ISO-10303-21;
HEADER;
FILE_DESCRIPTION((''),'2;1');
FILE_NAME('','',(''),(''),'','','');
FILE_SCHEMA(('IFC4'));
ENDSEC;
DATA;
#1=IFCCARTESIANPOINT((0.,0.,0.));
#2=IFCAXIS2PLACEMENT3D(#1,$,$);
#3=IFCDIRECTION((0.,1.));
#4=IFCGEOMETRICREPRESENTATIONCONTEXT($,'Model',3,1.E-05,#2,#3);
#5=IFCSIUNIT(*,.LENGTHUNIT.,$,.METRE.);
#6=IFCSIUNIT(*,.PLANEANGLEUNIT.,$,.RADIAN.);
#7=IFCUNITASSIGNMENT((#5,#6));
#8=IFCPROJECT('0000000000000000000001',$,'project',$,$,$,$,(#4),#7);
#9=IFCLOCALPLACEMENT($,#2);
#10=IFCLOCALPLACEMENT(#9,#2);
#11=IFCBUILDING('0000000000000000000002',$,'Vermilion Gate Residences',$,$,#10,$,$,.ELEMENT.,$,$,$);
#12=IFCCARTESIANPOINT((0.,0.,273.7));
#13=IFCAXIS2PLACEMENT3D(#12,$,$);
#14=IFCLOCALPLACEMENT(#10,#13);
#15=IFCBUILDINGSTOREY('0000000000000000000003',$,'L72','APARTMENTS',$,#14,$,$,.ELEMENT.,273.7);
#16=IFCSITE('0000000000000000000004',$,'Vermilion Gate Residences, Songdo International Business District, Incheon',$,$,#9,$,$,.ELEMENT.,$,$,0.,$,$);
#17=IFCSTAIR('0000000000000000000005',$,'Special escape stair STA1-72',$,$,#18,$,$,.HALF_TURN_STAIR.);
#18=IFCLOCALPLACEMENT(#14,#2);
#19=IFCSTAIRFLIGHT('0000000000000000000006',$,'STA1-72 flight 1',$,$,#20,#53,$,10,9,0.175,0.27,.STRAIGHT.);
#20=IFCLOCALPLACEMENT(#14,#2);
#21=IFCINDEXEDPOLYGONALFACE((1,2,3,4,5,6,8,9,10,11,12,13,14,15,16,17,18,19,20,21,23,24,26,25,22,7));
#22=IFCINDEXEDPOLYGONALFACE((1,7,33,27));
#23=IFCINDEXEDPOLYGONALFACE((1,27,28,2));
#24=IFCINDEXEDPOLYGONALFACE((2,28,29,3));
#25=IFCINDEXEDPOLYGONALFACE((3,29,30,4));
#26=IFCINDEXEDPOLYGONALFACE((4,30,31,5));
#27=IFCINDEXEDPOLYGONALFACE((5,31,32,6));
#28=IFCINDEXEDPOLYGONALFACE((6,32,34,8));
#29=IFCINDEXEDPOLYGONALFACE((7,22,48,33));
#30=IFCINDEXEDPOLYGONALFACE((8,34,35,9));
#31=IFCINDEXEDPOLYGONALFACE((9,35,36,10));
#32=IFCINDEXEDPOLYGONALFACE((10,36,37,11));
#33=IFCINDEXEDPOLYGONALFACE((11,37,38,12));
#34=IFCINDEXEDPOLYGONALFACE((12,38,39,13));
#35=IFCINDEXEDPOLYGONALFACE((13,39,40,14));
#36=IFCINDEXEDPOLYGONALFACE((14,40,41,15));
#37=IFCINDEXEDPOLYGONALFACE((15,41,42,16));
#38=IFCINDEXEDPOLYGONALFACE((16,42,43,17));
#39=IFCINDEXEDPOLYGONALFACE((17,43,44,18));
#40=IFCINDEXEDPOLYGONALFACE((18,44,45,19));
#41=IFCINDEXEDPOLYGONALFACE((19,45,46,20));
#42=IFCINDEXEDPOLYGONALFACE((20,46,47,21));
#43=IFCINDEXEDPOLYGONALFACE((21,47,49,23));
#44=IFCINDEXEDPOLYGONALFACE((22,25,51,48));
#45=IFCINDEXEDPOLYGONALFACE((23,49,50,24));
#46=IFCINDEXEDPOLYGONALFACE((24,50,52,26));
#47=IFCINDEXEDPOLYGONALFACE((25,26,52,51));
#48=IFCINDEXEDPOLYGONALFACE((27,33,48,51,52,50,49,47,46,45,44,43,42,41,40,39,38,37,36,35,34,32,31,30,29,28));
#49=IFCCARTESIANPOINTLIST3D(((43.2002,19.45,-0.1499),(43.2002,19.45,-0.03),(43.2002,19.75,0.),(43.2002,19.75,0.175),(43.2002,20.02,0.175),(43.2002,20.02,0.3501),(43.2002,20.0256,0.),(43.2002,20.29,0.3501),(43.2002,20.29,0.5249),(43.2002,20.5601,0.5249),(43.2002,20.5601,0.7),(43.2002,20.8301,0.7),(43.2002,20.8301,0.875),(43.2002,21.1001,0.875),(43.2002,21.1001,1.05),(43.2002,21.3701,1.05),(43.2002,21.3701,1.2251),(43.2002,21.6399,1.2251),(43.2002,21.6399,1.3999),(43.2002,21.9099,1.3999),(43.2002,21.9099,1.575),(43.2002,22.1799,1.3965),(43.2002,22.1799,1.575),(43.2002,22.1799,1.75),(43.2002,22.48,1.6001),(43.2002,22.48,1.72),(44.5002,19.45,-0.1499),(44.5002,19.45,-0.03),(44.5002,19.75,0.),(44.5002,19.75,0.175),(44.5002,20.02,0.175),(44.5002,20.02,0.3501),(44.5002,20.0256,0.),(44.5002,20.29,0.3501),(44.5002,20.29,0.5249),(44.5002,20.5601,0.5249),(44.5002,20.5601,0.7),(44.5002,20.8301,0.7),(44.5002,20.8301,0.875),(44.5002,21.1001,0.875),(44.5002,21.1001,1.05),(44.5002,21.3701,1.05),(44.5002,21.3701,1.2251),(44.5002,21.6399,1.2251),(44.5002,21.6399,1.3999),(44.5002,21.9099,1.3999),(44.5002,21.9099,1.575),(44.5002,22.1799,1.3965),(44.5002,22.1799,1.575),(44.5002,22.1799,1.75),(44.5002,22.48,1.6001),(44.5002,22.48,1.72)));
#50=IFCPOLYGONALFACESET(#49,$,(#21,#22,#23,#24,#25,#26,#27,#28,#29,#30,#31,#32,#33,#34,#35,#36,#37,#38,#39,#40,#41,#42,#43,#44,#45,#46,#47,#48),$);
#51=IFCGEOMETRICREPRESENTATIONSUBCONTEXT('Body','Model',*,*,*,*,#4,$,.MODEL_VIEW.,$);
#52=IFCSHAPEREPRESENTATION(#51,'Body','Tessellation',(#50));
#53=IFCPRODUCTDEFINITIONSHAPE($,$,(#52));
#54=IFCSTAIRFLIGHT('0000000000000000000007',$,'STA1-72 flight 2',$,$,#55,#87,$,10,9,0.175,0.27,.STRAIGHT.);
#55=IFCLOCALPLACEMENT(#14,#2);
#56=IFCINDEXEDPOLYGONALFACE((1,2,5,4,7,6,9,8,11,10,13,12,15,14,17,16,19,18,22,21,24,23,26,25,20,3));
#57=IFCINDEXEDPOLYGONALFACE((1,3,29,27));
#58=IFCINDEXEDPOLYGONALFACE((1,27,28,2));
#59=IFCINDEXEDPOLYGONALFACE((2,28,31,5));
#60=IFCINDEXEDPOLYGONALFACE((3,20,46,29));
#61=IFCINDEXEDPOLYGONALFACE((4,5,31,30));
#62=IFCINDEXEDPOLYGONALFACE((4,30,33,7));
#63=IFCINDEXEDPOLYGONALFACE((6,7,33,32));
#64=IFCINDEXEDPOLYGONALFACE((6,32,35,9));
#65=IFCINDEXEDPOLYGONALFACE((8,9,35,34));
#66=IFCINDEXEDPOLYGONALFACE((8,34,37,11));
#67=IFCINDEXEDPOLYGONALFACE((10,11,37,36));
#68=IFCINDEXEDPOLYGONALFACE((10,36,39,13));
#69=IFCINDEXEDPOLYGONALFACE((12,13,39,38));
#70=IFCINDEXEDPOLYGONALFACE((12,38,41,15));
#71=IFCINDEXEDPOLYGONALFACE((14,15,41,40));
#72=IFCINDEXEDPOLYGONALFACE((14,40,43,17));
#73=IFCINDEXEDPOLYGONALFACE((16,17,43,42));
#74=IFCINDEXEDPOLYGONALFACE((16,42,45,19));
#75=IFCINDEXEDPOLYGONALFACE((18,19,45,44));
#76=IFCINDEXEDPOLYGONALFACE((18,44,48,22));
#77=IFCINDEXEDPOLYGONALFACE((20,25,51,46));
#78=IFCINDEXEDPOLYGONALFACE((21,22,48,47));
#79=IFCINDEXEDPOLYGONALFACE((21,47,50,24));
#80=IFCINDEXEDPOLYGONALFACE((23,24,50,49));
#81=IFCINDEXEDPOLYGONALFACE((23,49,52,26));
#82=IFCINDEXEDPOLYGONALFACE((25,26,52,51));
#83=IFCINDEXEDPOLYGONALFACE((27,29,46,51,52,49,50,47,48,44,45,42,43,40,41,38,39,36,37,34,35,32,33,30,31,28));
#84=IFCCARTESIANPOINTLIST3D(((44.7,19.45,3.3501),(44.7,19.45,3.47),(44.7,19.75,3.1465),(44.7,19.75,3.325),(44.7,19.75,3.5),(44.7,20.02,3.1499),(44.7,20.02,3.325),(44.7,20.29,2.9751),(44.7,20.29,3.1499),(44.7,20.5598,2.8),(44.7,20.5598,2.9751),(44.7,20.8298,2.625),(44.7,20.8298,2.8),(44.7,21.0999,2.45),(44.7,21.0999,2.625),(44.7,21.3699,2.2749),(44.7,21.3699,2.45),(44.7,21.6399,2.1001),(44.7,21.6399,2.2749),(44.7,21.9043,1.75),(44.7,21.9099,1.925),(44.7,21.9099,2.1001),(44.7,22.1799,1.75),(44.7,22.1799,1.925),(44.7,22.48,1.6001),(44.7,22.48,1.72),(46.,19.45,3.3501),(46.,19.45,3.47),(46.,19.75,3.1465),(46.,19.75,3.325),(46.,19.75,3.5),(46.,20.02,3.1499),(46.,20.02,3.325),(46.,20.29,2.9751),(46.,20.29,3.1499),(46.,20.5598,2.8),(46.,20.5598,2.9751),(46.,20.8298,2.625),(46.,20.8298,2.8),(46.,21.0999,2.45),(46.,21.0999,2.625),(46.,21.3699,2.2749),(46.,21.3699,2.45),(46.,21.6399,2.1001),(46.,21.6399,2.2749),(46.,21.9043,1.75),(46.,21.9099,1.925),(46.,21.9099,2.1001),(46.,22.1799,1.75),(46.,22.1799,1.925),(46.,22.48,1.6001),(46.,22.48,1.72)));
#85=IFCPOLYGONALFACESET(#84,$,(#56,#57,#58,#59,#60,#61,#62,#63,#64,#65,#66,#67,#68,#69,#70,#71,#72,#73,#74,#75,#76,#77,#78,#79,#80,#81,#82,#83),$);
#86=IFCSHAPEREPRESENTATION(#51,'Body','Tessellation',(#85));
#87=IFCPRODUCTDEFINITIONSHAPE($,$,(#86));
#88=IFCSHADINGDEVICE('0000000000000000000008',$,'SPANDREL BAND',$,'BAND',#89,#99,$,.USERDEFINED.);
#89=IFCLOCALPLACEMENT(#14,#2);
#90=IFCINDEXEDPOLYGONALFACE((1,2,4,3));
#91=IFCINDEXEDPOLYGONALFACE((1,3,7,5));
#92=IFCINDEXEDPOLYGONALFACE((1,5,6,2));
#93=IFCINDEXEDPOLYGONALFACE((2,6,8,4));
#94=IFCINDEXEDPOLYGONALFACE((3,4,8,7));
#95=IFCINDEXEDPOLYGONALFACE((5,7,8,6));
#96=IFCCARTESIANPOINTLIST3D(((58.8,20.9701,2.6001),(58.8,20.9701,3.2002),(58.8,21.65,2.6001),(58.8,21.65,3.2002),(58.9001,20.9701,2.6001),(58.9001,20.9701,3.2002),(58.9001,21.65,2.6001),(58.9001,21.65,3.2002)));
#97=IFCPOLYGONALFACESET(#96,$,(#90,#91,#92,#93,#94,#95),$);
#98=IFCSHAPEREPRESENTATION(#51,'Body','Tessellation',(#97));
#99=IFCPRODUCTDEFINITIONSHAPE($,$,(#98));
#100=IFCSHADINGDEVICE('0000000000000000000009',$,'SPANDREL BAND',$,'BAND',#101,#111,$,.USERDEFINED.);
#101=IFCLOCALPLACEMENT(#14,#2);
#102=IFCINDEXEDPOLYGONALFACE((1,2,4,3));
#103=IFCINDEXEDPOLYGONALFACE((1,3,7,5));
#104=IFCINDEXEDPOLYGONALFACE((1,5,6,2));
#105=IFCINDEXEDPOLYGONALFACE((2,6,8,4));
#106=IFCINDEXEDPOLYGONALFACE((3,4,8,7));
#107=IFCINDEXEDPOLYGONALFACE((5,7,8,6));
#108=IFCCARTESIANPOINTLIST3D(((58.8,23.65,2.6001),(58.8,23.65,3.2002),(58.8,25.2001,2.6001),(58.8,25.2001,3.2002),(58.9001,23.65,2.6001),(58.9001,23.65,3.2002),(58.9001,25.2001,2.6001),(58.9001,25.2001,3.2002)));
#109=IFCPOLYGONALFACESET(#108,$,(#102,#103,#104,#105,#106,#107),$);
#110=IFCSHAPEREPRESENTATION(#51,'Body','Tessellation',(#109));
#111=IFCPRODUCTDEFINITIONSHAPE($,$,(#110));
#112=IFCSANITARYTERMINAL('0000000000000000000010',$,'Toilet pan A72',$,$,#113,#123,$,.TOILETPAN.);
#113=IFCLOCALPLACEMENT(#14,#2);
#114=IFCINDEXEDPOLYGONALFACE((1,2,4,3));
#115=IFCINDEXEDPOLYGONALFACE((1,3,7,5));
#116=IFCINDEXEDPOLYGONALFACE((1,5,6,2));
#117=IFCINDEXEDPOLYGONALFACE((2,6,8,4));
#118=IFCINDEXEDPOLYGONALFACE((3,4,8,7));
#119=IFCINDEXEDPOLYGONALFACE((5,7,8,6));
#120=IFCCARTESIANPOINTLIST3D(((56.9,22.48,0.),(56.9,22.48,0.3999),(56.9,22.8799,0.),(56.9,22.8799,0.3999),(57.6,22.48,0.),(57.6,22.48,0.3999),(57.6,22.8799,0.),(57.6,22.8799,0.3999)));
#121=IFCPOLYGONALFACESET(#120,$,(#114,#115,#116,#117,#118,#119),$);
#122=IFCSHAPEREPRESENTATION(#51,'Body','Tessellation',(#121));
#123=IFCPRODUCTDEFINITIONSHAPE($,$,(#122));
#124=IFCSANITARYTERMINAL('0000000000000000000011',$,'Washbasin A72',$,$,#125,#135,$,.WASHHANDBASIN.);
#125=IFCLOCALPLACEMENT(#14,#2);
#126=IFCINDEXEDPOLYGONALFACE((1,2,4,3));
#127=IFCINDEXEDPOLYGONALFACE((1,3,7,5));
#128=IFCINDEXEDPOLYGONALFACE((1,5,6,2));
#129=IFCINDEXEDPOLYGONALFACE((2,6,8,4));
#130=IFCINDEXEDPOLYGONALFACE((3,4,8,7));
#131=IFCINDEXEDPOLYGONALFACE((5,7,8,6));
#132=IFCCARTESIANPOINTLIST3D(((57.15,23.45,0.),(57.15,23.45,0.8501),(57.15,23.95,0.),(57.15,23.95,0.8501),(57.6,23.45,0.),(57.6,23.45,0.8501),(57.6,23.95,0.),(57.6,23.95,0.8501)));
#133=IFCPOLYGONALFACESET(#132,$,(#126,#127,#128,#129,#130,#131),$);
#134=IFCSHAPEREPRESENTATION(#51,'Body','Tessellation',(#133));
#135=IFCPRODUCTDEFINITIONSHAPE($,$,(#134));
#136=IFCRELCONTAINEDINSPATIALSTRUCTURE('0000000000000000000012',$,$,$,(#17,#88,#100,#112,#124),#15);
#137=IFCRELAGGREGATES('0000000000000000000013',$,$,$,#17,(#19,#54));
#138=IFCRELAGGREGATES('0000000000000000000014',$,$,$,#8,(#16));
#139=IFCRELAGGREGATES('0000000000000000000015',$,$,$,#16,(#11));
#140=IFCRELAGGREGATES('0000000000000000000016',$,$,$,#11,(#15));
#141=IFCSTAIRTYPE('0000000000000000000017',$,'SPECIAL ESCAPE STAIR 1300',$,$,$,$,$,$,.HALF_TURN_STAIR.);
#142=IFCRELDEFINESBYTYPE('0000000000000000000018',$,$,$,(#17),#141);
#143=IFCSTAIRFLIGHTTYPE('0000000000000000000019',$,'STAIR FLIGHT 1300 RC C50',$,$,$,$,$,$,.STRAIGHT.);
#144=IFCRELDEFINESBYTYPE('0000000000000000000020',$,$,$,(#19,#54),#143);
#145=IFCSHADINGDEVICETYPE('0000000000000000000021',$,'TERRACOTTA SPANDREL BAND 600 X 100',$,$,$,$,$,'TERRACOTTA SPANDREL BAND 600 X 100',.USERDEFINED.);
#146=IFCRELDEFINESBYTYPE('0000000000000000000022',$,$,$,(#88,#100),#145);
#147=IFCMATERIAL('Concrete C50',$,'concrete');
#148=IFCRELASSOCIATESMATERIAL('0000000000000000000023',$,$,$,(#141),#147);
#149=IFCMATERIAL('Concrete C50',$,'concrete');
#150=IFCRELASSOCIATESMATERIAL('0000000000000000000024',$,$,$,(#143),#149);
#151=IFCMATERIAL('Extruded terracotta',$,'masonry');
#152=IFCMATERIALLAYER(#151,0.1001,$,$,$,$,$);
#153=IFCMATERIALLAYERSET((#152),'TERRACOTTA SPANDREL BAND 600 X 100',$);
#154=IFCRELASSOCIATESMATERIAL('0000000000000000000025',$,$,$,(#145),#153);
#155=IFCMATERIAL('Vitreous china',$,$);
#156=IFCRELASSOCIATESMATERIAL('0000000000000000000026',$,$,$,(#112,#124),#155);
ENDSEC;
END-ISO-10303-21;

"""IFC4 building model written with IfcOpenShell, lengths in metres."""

from ifc_helpers import new_model, si_unit, direction, frame, origin, origin_2d, place, context, subcontext, project, spatial, polyline, rectangle, outline, extrude, material, layer, layer_set, type_object, element, aggregate, save


model = new_model("IFC4")

# Units and contexts
model_context = context("Model", 3, precision=1e-05, world=origin(), true_north=direction((0.0, 1.0)))
body_context = subcontext(model_context, "Body", "Model", "MODEL_VIEW")
ifc_project = project(units=[si_unit("LENGTHUNIT", "METRE"), si_unit("PLANEANGLEUNIT", "RADIAN")], contexts=[model_context])

# Site, building, storey
site_placement = place(None, origin())
site = spatial("IfcSite", under=ifc_project, at=site_placement, Name="Vermilion Gate Residences, Songdo International Business District, Incheon", CompositionType="ELEMENT", RefElevation=0.0)
building_placement = place(site_placement, origin())
building = spatial("IfcBuilding", under=site, at=building_placement, Name="Vermilion Gate Residences", CompositionType="ELEMENT")
storey_placement = place(building_placement, frame((0.0, 0.0, 273.7)))
storey = spatial("IfcBuildingStorey", under=building, at=storey_placement, Name="L72", Description="APARTMENTS", CompositionType="ELEMENT", Elevation=273.7)

# Stair, stair flights
ifc_material_1 = material(Name="Concrete C50", Category="concrete")
stair_type = type_object("IfcStairType", Name="SPECIAL ESCAPE STAIR 1300", PredefinedType="HALF_TURN_STAIR", material=ifc_material_1)
stair_placement = place(storey_placement, origin())
stair = element("IfcStair", 1, at=stair_placement, inside=storey, type_object=stair_type, Name="Special escape stair STA1-72", PredefinedType="HALF_TURN_STAIR")
ifc_material_2 = material(Name="Concrete C50", Category="concrete")
stair_flight_type = type_object("IfcStairFlightType", Name="STAIR FLIGHT 1300 RC C50", PredefinedType="STRAIGHT", material=ifc_material_2)
stair_flight_1_placement = place(storey_placement, frame((43.8501, 19.75, 0.0), z_axis=(0.0, 0.0, 1.0), x_axis=(0.0, 1.0, 0.0)))
stair_flight_1 = element("IfcStairFlight", 2, at=stair_flight_1_placement, type_object=stair_flight_type, Name="STA1-72 flight 1", NumberOfRisers=10, NumberOfTreads=9, PredefinedType="STRAIGHT", RiserHeight=0.175, TreadLength=0.27, context=body_context, shape_type="SweptSolid", body=[
    extrude(outline(polyline([(-0.3, -0.1499), (-0.3, -0.03), (0.0, 0.0), (0.0, 0.175), (0.27, 0.175), (0.27, 0.3501), (0.54, 0.3501), (0.54, 0.5249), (0.8101, 0.5249), (0.8101, 0.7), (1.0801, 0.7), (1.0801, 0.875), (1.3501, 0.875), (1.3501, 1.05), (1.6201, 1.05), (1.6201, 1.2251), (1.8899, 1.2251), (1.8899, 1.3999), (2.1599, 1.3999), (2.1599, 1.575), (2.4299, 1.575), (2.4299, 1.75), (2.73, 1.72), (2.73, 1.6001), (2.4299, 1.3965), (0.2756, 0.0), (-0.3, -0.1499)])), frame((0.0, 0.6499, 0.0), z_axis=(0.0, -1.0, 0.0), x_axis=(1.0, 0.0, 0.0)), (0.0, 0.0, 1.0), 1.3),
])
stair_flight_2_placement = place(storey_placement, frame((45.3501, 22.1799, 1.75), z_axis=(0.0, 0.0, 1.0), x_axis=(0.0, -1.0, 0.0)))
stair_flight_2 = element("IfcStairFlight", 3, at=stair_flight_2_placement, type_object=stair_flight_type, Name="STA1-72 flight 2", NumberOfRisers=10, NumberOfTreads=9, PredefinedType="STRAIGHT", RiserHeight=0.175, TreadLength=0.27, context=body_context, shape_type="SweptSolid", body=[
    extrude(outline(polyline([(-0.3, -0.1499), (-0.3, -0.03), (0.0, 0.0), (0.0, 0.175), (0.27, 0.175), (0.27, 0.3501), (0.54, 0.3501), (0.54, 0.5249), (0.8101, 0.5249), (0.8101, 0.7), (1.0801, 0.7), (1.0801, 0.875), (1.3501, 0.875), (1.3501, 1.05), (1.6201, 1.05), (1.6201, 1.2251), (1.8899, 1.2251), (1.8899, 1.3999), (2.1599, 1.3999), (2.1599, 1.575), (2.4299, 1.575), (2.4299, 1.75), (2.73, 1.72), (2.73, 1.6001), (2.4299, 1.3965), (0.2756, 0.0), (-0.3, -0.1499)])), frame((0.0, 0.6499, 0.0), z_axis=(0.0, -1.0, 0.0), x_axis=(1.0, 0.0, 0.0)), (0.0, 0.0, 1.0), 1.3),
])
aggregate(stair, [stair_flight_1, stair_flight_2])

# Shading devices
ifc_material_3 = material(Name="Extruded terracotta", Category="masonry")
ifc_layer_1 = layer(ifc_material_3, 0.1001)
ifc_layer_set_1 = layer_set([ifc_layer_1], Name="TERRACOTTA SPANDREL BAND 600 X 100")
shading_device_type = type_object("IfcShadingDeviceType", Name="TERRACOTTA SPANDREL BAND 600 X 100", ElementType="TERRACOTTA SPANDREL BAND 600 X 100", PredefinedType="USERDEFINED", material=ifc_layer_set_1)
shading_device_1_placement = place(storey_placement, frame((58.8501, 21.3101, 2.6001), z_axis=(0.0, 0.0, 1.0), x_axis=(0.0, 1.0, 0.0)))
element("IfcShadingDevice", 4, at=shading_device_1_placement, inside=storey, type_object=shading_device_type, Name="SPANDREL BAND", ObjectType="BAND", PredefinedType="USERDEFINED", context=body_context, shape_type="SweptSolid", body=[
    extrude(rectangle(XDim=0.6799, YDim=0.1001, at=origin_2d()), origin(), (0.0, 0.0, 1.0), 0.6001),
])
shading_device_2_placement = place(storey_placement, frame((58.8501, 24.425, 2.6001), z_axis=(0.0, 0.0, 1.0), x_axis=(0.0, 1.0, 0.0)))
element("IfcShadingDevice", 5, at=shading_device_2_placement, inside=storey, type_object=shading_device_type, Name="SPANDREL BAND", ObjectType="BAND", PredefinedType="USERDEFINED", context=body_context, shape_type="SweptSolid", body=[
    extrude(rectangle(XDim=1.55, YDim=0.1001, at=origin_2d()), origin(), (0.0, 0.0, 1.0), 0.6001),
])

# Sanitary terminals
ifc_material_4 = material(Name="Vitreous china")
sanitary_terminal_1_placement = place(storey_placement, frame((57.25, 22.6799, 0.0), z_axis=(0.0, 0.0, 1.0), x_axis=(1.0, 0.0, 0.0)))
element("IfcSanitaryTerminal", 6, at=sanitary_terminal_1_placement, inside=storey, material=ifc_material_4, Name="Toilet pan A72", PredefinedType="TOILETPAN", context=body_context, shape_type="SweptSolid", body=[
    extrude(rectangle(XDim=0.7, YDim=0.3999, at=origin_2d()), origin(), (0.0, 0.0, 1.0), 0.3999),
])
sanitary_terminal_2_placement = place(storey_placement, frame((57.375, 23.7, 0.0), z_axis=(0.0, 0.0, 1.0), x_axis=(1.0, 0.0, 0.0)))
element("IfcSanitaryTerminal", 7, at=sanitary_terminal_2_placement, inside=storey, material=ifc_material_4, Name="Washbasin A72", PredefinedType="WASHHANDBASIN", context=body_context, shape_type="SweptSolid", body=[
    extrude(rectangle(XDim=0.45, YDim=0.5, at=origin_2d()), origin(), (0.0, 0.0, 1.0), 0.8501),
])

save(model, "model.ifc")
